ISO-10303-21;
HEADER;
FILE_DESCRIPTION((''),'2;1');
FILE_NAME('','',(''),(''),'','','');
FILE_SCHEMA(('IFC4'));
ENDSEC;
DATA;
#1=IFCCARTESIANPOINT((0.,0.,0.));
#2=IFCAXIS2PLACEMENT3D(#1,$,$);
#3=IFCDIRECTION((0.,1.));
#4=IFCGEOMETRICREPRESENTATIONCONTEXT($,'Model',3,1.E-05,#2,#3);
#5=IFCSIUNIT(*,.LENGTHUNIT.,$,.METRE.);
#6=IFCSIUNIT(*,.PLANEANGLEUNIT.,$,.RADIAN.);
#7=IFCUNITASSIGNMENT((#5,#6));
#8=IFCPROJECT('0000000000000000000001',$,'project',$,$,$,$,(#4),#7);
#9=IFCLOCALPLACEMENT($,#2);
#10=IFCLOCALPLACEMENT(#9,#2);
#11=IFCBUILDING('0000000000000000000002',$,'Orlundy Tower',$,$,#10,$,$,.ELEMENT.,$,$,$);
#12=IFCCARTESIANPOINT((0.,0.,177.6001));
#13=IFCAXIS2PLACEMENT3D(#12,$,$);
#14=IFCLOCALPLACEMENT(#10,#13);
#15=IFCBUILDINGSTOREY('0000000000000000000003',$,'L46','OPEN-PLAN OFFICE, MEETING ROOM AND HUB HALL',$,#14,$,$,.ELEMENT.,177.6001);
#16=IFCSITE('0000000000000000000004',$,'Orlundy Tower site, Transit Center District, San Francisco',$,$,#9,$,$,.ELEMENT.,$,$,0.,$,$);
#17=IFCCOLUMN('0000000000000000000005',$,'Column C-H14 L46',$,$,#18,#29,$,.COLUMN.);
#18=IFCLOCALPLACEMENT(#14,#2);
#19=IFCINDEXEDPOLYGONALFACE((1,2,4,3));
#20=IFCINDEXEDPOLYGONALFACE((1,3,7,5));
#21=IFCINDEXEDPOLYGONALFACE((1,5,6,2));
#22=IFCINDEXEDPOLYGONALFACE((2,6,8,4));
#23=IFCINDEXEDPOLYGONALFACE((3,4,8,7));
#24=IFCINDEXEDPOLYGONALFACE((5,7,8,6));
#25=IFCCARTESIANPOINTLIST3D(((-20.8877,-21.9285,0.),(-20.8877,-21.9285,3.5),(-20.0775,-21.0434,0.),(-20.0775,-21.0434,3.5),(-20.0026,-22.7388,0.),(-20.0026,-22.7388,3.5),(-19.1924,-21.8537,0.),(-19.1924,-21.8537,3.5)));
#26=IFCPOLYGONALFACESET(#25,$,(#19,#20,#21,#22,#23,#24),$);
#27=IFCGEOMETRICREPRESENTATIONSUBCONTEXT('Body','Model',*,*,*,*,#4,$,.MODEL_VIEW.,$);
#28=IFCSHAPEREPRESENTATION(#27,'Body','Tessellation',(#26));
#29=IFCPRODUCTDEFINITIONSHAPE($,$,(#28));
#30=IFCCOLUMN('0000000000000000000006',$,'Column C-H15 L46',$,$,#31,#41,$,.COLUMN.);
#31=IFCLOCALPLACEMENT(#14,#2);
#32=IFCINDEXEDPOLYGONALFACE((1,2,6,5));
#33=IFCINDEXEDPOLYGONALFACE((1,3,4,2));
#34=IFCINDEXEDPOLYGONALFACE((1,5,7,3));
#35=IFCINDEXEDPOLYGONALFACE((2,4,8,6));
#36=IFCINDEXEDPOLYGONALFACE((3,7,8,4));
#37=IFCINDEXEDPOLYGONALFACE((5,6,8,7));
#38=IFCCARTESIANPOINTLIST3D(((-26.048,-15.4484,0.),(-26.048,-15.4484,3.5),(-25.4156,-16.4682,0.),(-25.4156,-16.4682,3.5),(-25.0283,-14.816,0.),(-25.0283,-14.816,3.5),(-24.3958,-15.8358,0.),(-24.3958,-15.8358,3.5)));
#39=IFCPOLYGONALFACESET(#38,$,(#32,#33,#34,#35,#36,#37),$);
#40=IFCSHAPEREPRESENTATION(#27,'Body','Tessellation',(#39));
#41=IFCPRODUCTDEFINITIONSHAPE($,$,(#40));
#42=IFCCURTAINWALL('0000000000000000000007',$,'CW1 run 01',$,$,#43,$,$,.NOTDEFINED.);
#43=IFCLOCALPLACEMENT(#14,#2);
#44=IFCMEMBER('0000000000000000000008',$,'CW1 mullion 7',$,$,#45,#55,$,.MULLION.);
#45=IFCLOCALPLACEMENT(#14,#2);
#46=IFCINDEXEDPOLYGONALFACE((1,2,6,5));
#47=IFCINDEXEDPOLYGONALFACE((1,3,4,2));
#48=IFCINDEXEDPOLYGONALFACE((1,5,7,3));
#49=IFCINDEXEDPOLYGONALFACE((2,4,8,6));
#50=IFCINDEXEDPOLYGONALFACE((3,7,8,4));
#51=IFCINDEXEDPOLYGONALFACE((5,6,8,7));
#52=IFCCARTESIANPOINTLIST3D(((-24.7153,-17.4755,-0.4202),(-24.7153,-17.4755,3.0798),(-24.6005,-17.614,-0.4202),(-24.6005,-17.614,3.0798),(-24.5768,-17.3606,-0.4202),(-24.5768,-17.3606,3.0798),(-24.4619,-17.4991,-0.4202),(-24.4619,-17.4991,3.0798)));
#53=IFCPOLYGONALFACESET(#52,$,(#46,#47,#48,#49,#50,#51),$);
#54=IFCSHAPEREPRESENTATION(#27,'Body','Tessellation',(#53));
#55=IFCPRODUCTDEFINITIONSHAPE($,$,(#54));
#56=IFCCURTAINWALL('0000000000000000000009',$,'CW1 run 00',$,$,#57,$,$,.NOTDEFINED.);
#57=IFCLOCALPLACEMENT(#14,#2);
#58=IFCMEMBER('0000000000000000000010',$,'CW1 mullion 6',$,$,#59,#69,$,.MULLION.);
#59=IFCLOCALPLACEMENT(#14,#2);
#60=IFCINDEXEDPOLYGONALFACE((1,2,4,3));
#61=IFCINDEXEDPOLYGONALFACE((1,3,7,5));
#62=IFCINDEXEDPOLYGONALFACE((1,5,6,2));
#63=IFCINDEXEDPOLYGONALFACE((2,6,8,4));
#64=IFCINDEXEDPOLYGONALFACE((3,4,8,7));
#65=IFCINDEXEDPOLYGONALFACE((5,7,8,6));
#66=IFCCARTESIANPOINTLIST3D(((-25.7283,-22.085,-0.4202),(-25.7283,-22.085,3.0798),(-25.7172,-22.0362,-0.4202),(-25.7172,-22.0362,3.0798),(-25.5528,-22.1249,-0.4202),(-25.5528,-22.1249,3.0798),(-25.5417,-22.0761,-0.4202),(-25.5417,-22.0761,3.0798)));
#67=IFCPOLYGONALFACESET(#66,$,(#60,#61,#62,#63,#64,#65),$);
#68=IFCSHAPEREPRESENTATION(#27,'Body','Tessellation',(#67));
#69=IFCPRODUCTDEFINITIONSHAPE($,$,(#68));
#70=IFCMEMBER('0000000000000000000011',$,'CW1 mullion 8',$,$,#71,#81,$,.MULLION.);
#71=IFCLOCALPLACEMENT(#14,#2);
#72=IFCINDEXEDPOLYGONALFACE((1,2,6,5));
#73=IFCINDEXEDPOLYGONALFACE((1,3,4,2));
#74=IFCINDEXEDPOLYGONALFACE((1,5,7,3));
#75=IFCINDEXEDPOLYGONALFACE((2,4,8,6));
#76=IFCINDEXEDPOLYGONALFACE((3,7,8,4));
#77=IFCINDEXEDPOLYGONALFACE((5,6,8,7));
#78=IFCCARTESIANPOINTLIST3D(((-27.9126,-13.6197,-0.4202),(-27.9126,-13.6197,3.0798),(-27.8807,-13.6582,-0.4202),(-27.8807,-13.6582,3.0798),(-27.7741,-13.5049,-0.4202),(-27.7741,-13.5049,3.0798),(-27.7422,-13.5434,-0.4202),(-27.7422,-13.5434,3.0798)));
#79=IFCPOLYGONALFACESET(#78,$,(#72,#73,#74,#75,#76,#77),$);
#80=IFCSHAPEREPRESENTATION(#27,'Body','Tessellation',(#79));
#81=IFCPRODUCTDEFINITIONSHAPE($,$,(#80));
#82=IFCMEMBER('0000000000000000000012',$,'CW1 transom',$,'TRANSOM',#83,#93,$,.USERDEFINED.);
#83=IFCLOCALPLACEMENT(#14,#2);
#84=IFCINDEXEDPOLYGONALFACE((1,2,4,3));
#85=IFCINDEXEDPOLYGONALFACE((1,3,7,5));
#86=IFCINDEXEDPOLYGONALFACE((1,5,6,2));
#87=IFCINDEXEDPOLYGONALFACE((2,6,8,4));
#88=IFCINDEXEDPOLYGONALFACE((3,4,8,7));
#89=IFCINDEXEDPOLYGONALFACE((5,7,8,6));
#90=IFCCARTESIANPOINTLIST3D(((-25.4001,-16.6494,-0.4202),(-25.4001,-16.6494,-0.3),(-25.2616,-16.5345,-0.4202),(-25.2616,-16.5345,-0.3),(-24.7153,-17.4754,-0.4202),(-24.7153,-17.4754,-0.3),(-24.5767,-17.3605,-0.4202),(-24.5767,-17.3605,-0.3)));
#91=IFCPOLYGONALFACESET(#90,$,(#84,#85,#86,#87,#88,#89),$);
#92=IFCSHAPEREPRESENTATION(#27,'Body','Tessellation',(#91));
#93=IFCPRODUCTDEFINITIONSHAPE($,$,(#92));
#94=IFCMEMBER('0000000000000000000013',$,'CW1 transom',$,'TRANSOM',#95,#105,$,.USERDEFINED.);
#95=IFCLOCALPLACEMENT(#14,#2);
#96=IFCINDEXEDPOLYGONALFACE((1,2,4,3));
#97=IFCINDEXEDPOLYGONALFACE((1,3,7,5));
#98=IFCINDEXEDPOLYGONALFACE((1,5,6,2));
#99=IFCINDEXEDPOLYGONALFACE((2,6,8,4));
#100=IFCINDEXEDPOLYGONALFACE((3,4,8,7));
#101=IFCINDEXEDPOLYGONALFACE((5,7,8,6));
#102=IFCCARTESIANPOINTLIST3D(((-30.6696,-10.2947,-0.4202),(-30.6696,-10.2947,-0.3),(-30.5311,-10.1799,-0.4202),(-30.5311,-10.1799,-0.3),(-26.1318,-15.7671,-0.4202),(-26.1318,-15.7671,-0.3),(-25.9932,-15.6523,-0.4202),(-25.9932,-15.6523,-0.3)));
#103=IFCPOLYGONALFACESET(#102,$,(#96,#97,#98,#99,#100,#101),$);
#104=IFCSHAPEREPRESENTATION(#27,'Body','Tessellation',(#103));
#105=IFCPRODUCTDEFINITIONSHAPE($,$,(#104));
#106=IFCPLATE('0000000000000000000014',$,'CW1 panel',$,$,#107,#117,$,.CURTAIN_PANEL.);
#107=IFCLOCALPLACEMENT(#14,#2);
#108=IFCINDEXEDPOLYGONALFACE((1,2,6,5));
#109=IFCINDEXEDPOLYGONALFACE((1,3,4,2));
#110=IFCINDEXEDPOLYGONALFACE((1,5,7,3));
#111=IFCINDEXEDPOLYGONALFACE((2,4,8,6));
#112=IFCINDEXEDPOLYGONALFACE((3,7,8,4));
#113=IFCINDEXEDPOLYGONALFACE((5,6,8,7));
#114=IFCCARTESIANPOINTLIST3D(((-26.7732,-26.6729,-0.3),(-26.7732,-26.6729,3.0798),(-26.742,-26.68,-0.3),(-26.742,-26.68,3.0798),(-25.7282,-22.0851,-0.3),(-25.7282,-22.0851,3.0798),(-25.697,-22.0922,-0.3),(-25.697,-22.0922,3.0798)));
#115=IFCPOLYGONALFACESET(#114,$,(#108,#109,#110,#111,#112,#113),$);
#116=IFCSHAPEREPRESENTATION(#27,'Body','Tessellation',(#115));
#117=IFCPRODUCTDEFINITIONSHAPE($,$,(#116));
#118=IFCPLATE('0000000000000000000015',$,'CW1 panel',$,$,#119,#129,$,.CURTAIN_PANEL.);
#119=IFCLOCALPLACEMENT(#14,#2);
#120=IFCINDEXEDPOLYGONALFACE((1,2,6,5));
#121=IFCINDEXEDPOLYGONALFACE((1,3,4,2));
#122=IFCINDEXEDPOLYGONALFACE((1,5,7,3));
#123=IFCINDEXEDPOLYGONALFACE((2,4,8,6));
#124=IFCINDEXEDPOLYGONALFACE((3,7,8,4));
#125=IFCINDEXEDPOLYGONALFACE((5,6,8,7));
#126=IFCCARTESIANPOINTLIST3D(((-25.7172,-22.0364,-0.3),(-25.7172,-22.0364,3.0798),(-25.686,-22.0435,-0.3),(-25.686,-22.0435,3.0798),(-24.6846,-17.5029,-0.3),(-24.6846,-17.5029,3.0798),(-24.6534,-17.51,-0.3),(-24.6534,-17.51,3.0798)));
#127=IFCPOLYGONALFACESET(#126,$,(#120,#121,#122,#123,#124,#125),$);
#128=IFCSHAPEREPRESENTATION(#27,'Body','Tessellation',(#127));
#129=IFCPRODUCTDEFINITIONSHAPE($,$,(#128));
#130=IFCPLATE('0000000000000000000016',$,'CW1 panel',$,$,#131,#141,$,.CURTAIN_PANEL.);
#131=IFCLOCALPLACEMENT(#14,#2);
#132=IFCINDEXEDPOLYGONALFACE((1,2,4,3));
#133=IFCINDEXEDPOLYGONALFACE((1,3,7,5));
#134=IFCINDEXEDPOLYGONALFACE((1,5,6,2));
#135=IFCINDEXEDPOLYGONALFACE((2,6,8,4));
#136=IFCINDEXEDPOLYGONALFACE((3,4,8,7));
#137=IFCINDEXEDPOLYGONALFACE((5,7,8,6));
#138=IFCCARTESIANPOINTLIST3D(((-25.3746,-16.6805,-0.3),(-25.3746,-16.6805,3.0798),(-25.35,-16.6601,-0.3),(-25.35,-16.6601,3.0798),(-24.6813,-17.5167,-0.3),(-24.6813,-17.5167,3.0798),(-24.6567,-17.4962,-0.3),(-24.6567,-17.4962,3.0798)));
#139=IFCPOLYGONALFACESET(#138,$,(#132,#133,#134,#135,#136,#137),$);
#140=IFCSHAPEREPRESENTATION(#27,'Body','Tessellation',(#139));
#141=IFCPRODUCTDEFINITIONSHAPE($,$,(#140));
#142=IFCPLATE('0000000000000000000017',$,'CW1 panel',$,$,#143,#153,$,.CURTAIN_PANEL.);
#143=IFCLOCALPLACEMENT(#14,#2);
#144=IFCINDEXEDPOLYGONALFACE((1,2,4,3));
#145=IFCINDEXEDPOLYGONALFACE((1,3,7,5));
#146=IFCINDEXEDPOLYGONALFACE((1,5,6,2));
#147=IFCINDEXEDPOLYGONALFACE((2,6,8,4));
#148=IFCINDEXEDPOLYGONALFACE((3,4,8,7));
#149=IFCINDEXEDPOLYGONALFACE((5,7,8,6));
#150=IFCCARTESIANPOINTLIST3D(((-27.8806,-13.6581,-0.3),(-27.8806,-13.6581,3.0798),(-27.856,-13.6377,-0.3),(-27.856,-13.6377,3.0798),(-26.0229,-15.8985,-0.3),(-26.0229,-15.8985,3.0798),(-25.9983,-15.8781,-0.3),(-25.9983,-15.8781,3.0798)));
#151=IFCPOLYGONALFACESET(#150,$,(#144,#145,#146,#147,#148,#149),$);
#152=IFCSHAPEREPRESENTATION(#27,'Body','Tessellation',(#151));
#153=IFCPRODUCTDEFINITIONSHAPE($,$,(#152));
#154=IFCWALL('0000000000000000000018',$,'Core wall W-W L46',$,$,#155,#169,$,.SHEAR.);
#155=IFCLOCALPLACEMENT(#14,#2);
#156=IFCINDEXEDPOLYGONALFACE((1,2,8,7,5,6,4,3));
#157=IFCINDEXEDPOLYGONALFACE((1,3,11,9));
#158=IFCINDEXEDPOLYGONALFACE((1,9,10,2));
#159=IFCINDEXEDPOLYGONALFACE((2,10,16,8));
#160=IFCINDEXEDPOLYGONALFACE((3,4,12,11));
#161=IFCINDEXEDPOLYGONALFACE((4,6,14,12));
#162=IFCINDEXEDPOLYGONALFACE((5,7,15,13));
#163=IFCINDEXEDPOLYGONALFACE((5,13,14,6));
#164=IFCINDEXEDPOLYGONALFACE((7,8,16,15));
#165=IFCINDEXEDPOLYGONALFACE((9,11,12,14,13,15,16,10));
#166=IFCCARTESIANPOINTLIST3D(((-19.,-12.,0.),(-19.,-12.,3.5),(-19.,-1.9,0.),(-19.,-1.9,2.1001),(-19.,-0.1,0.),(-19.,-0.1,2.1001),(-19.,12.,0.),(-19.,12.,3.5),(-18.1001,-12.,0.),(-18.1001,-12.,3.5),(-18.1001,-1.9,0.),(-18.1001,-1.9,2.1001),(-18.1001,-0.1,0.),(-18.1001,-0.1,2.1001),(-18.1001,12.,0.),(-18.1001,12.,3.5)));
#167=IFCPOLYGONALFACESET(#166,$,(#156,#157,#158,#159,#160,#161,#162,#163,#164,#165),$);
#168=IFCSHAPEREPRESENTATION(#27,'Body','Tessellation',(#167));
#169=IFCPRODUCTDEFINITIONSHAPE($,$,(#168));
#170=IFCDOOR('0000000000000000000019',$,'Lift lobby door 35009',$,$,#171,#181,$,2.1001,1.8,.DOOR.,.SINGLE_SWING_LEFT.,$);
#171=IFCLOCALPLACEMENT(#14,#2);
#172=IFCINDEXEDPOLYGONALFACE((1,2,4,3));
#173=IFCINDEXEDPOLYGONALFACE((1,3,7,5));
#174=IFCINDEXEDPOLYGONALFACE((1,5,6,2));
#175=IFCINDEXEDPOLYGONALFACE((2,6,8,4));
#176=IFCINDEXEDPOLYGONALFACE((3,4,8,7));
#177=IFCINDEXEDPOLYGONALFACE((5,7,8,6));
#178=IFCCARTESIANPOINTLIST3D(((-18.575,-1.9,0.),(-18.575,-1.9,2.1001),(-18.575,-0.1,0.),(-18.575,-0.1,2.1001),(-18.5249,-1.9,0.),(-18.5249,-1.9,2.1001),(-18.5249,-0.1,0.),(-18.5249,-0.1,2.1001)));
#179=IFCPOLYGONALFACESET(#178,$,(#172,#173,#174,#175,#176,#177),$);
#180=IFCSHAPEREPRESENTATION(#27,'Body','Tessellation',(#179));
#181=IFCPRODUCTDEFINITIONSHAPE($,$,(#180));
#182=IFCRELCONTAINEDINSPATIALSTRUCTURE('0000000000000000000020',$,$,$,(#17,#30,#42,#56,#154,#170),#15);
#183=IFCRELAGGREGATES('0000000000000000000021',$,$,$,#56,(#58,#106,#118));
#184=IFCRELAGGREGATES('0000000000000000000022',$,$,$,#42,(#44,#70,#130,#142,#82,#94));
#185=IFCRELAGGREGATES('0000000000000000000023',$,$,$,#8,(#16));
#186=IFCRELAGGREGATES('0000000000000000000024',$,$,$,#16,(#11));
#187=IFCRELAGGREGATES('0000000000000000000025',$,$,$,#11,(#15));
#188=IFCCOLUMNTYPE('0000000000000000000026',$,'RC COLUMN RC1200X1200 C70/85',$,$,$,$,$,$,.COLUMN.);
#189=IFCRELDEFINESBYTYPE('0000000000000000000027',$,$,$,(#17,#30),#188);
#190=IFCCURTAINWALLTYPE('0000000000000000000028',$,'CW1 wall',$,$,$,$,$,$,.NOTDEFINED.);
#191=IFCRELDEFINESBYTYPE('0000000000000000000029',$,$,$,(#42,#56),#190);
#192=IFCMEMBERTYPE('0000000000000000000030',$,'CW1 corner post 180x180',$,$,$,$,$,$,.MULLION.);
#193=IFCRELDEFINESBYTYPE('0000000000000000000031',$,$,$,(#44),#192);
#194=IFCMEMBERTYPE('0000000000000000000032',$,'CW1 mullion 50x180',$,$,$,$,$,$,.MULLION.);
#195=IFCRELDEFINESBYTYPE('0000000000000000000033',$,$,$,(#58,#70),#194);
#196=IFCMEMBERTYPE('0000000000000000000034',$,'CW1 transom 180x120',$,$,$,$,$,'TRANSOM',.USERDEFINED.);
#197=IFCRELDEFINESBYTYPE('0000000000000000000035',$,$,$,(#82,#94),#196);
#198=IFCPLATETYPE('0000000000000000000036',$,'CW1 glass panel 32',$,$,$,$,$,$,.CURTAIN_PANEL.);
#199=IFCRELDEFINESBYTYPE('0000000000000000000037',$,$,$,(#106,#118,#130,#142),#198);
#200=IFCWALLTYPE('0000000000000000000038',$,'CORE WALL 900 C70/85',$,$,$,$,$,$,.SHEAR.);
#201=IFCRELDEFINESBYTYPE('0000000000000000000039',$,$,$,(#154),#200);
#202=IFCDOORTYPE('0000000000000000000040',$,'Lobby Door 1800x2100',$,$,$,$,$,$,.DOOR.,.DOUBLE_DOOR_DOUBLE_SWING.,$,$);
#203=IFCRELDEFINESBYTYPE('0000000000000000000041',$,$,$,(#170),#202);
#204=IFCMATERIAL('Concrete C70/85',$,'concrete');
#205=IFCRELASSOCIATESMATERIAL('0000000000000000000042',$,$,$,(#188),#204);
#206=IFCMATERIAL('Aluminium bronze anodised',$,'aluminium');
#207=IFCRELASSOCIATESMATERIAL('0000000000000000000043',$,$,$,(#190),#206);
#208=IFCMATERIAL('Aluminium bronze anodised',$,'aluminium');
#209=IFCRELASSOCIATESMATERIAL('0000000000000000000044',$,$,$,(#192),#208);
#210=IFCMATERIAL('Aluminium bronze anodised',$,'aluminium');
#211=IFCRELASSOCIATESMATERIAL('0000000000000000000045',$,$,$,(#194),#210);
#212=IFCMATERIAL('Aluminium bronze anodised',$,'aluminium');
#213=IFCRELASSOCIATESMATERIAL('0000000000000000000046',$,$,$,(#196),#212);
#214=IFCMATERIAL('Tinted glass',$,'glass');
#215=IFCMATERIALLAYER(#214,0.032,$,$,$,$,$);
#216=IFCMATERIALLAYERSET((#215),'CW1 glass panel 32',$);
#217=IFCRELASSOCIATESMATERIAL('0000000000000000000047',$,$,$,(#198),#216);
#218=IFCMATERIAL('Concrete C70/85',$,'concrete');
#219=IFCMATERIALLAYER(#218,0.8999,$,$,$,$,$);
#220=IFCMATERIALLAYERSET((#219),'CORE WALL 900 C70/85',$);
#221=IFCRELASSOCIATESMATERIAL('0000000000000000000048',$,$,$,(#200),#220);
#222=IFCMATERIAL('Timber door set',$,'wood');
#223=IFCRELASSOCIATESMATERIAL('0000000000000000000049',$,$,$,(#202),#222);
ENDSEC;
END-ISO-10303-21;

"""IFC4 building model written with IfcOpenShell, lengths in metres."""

from ifc_helpers import new_model, si_unit, direction, frame, frame_2d, origin, origin_2d, place, context, subcontext, project, spatial, rectangle, extrude, material, layer, layer_set, material_profile, profile_set, type_object, element, fill, aggregate, save


model = new_model("IFC4")

# Units and contexts
model_context = context("Model", 3, precision=1e-05, world=origin(), true_north=direction((0.0, 1.0)))
body_context = subcontext(model_context, "Body", "Model", "MODEL_VIEW")
ifc_project = project(units=[si_unit("LENGTHUNIT", "METRE"), si_unit("PLANEANGLEUNIT", "RADIAN")], contexts=[model_context])

# Site, building, storey
site_placement = place(None, origin())
site = spatial("IfcSite", under=ifc_project, at=site_placement, Name="Orlundy Tower site, Transit Center District, San Francisco", CompositionType="ELEMENT", RefElevation=0.0)
building_placement = place(site_placement, origin())
building = spatial("IfcBuilding", under=site, at=building_placement, Name="Orlundy Tower", CompositionType="ELEMENT")
storey_placement = place(building_placement, frame((0.0, 0.0, 177.6001)))
storey = spatial("IfcBuildingStorey", under=building, at=storey_placement, Name="L46", Description="OPEN-PLAN OFFICE, MEETING ROOM AND HUB HALL", CompositionType="ELEMENT", Elevation=177.6001)

# Columns
ifc_material_1 = material(Name="Concrete C70/85", Category="concrete")
ifc_material_profile_1 = material_profile(ifc_material_1, rectangle(XDim=1.2, YDim=1.2, at=origin_2d()), Name="RC1200X1200")
ifc_profile_set_1 = profile_set([ifc_material_profile_1], Name="Concrete C70/85")
column_type = type_object("IfcColumnType", Name="RC COLUMN RC1200X1200 C70/85", PredefinedType="COLUMN", material=ifc_profile_set_1)
for number, where, z_axis, x_axis, name in (
    (1, (-20.04, -21.8911, 0.0), (0.0, 0.0, 1.0), (-0.67523, -0.737607, 0.0), "Column C-H14 L46"),
    (2, (-25.2219, -15.6421, 0.0), (0.0, 0.0, 1.0), (-0.849838, -0.527045, 0.0), "Column C-H15 L46"),
):
    element("IfcColumn", number, at=place(storey_placement, frame(where, z_axis=z_axis, x_axis=x_axis)), inside=storey, type_object=column_type, Name=name, PredefinedType="COLUMN", context=body_context, shape_type="SweptSolid", body=[
        extrude(rectangle(XDim=1.2, YDim=1.2, at=origin_2d()), origin(), (0.0, 0.0, 1.0), 3.5),
    ])

# Curtain walls, members
ifc_material_2 = material(Name="Aluminium bronze anodised", Category="aluminium")
curtain_wall_type = type_object("IfcCurtainWallType", Name="CW1 wall", PredefinedType="NOTDEFINED", material=ifc_material_2)
curtain_wall_1_placement = place(storey_placement, origin())
curtain_wall_1 = element("IfcCurtainWall", 3, at=curtain_wall_1_placement, inside=storey, type_object=curtain_wall_type, Name="CW1 run 01", PredefinedType="NOTDEFINED")
ifc_material_3 = material(Name="Aluminium bronze anodised", Category="aluminium")
ifc_material_profile_2 = material_profile(ifc_material_3, rectangle(XDim=0.1799, YDim=0.1799, at=origin_2d()), Name="CW1 corner post 180x180")
ifc_profile_set_2 = profile_set([ifc_material_profile_2], Name="Aluminium bronze anodised")
member_type_1 = type_object("IfcMemberType", Name="CW1 corner post 180x180", PredefinedType="MULLION", material=ifc_profile_set_2)
member_1_placement = place(storey_placement, frame((-24.5886, -17.4873, -0.4202), z_axis=(0.0, 0.0, 1.0), x_axis=(-0.769788, -0.638299, 0.0)))
member_1 = element("IfcMember", 4, at=member_1_placement, type_object=member_type_1, Name="CW1 mullion 7", PredefinedType="MULLION", context=body_context, shape_type="SweptSolid", body=[
    extrude(rectangle(XDim=0.1799, YDim=0.1799, at=origin_2d()), origin(), (0.0, 0.0, 1.0), 3.5),
])
curtain_wall_2_placement = place(storey_placement, origin())
curtain_wall_2 = element("IfcCurtainWall", 5, at=curtain_wall_2_placement, inside=storey, type_object=curtain_wall_type, Name="CW1 run 00", PredefinedType="NOTDEFINED")
ifc_material_4 = material(Name="Aluminium bronze anodised", Category="aluminium")
ifc_material_profile_3 = material_profile(ifc_material_4, rectangle(XDim=0.1799, YDim=0.05, at=origin_2d()), Name="CW1 mullion 50x180")
ifc_profile_set_3 = profile_set([ifc_material_profile_3], Name="Aluminium bronze anodised")
member_type_2 = type_object("IfcMemberType", Name="CW1 mullion 50x180", PredefinedType="MULLION", material=ifc_profile_set_3)
member_2_placement = place(storey_placement, frame((-25.635, -22.0806, -0.4202), z_axis=(0.0, 0.0, 1.0), x_axis=(-0.975025, 0.222097, 0.0)))
member_2 = element("IfcMember", 6, at=member_2_placement, type_object=member_type_2, Name="CW1 mullion 6", PredefinedType="MULLION", context=body_context, shape_type="SweptSolid", body=[
    extrude(rectangle(XDim=0.1799, YDim=0.05, at=origin_2d()), origin(), (0.0, 0.0, 1.0), 3.5),
])

# Members
member_3_placement = place(storey_placement, frame((-27.8274, -13.5815, -0.4202), z_axis=(0.0, 0.0, 1.0), x_axis=(-0.769788, -0.638299, 0.0)))
member_3 = element("IfcMember", 7, at=member_3_placement, type_object=member_type_2, Name="CW1 mullion 8", PredefinedType="MULLION", context=body_context, shape_type="SweptSolid", body=[
    extrude(rectangle(XDim=0.1799, YDim=0.05, at=origin_2d()), origin(), (0.0, 0.0, 1.0), 3.5),
])
ifc_material_5 = material(Name="Aluminium bronze anodised", Category="aluminium")
ifc_material_profile_4 = material_profile(ifc_material_5, rectangle(XDim=0.1799, YDim=0.1201, at=origin_2d()), Name="CW1 transom 180x120")
ifc_profile_set_4 = profile_set([ifc_material_profile_4], Name="Aluminium bronze anodised")
member_type_3 = type_object("IfcMemberType", Name="CW1 transom 180x120", ElementType="TRANSOM", PredefinedType="USERDEFINED", material=ifc_profile_set_4)
member_4_placement = place(storey_placement, frame((-24.646, -17.418, -0.3601), z_axis=(-0.63828, 0.769804, 0.0), x_axis=(-0.769804, -0.63828, 0.0)))
member_4 = element("IfcMember", 8, at=member_4_placement, type_object=member_type_3, Name="CW1 transom", ObjectType="TRANSOM", PredefinedType="USERDEFINED", context=body_context, shape_type="SweptSolid", body=[
    extrude(rectangle(XDim=0.1799, YDim=0.1201, at=origin_2d()), origin(), (0.0, 0.0, 1.0), 1.073),
])
member_5_placement = place(storey_placement, frame((-26.0625, -15.7097, -0.3601), z_axis=(-0.638315, 0.769776, 0.0), x_axis=(-0.769776, -0.638315, 0.0)))
member_5 = element("IfcMember", 9, at=member_5_placement, type_object=member_type_3, Name="CW1 transom", ObjectType="TRANSOM", PredefinedType="USERDEFINED", context=body_context, shape_type="SweptSolid", body=[
    extrude(rectangle(XDim=0.1799, YDim=0.1201, at=origin_2d()), origin(), (0.0, 0.0, 1.0), 7.1091),
])

# Plates
ifc_material_6 = material(Name="Tinted glass", Category="glass")
ifc_layer_1 = layer(ifc_material_6, 0.032)
ifc_layer_set_1 = layer_set([ifc_layer_1], Name="CW1 glass panel 32")
plate_type = type_object("IfcPlateType", Name="CW1 glass panel 32", PredefinedType="CURTAIN_PANEL", material=ifc_layer_set_1)
plate_1_placement = place(storey_placement, frame((-26.2351, -24.3826, -0.3), z_axis=(0.0, 0.0, 1.0), x_axis=(0.222097, 0.975025, 0.0)))
plate_1 = element("IfcPlate", 10, at=plate_1_placement, type_object=plate_type, Name="CW1 panel", PredefinedType="CURTAIN_PANEL", context=body_context, shape_type="SweptSolid", body=[
    extrude(rectangle(XDim=4.7053, YDim=0.032, at=origin_2d()), origin(), (0.0, 0.0, 1.0), 3.3799),
])
plate_2_placement = place(storey_placement, frame((-25.1853, -19.7732, -0.3), z_axis=(0.0, 0.0, 1.0), x_axis=(0.222097, 0.975025, 0.0)))
plate_2 = element("IfcPlate", 11, at=plate_2_placement, type_object=plate_type, Name="CW1 panel", PredefinedType="CURTAIN_PANEL", context=body_context, shape_type="SweptSolid", body=[
    extrude(rectangle(XDim=4.6497, YDim=0.032, at=origin_2d()), origin(), (0.0, 0.0, 1.0), 3.3799),
])
aggregate(curtain_wall_2, [member_2, plate_1, plate_2])
plate_3_placement = place(storey_placement, frame((-25.0156, -17.0884, -0.3), z_axis=(0.0, 0.0, 1.0), x_axis=(-0.638299, 0.769788, 0.0)))
plate_3 = element("IfcPlate", 12, at=plate_3_placement, type_object=plate_type, Name="CW1 panel", PredefinedType="CURTAIN_PANEL", context=body_context, shape_type="SweptSolid", body=[
    extrude(rectangle(XDim=1.0862, YDim=0.032, at=origin_2d()), origin(), (0.0, 0.0, 1.0), 3.3799),
])
plate_4_placement = place(storey_placement, frame((-26.9395, -14.7681, -0.3), z_axis=(0.0, 0.0, 1.0), x_axis=(-0.638299, 0.769788, 0.0)))
plate_4 = element("IfcPlate", 13, at=plate_4_placement, type_object=plate_type, Name="CW1 panel", PredefinedType="CURTAIN_PANEL", context=body_context, shape_type="SweptSolid", body=[
    extrude(rectangle(XDim=2.9104, YDim=0.032, at=origin_2d()), origin(), (0.0, 0.0, 1.0), 3.3799),
])
aggregate(curtain_wall_1, [member_1, member_3, plate_3, plate_4, member_4, member_5])

# Wall, opening, door
ifc_material_7 = material(Name="Concrete C70/85", Category="concrete")
ifc_layer_2 = layer(ifc_material_7, 0.8999)
ifc_layer_set_2 = layer_set([ifc_layer_2], Name="CORE WALL 900 C70/85")
wall_type_1 = type_object("IfcWallType", Name="CORE WALL 900 C70/85", PredefinedType="SHEAR", material=ifc_layer_set_2)
wall_1_placement = place(storey_placement, frame((-18.55, -12.0, 0.0), z_axis=(0.0, 0.0, 1.0), x_axis=(0.0, 1.0, 0.0)))
wall_1 = element("IfcWall", 14, at=wall_1_placement, inside=storey, type_object=wall_type_1, Name="Core wall W-W L46", PredefinedType="SHEAR", context=body_context, shape_type="SweptSolid", body=[
    extrude(rectangle(XDim=24.0, YDim=0.8999, at=frame_2d((12.0, 0.0))), origin(), (0.0, 0.0, 1.0), 3.5),
])
opening_1_placement = place(wall_1_placement, frame((10.1001, 0.0, 0.0)))
opening_1 = element("IfcOpeningElement", 15, at=opening_1_placement, cuts=wall_1, PredefinedType="OPENING", context=body_context, shape_type="SweptSolid", body=[
    extrude(rectangle(XDim=1.8, YDim=2.1001, at=frame_2d((0.8999, 1.05))), frame((0.0, 0.46, 0.0), z_axis=(0.0, -1.0, 0.0), x_axis=(1.0, 0.0, 0.0)), (0.0, 0.0, 1.0), 0.9199),
])
ifc_material_8 = material(Name="Timber door set", Category="wood")
door_type_1 = type_object("IfcDoorType", Name="Lobby Door 1800x2100", OperationType="DOUBLE_DOOR_DOUBLE_SWING", PredefinedType="DOOR", material=ifc_material_8)
door_1_placement = place(opening_1_placement, origin())
door_1 = element("IfcDoor", 16, at=door_1_placement, inside=storey, type_object=door_type_1, Name="Lift lobby door 35009", OperationType="SINGLE_SWING_LEFT", OverallHeight=2.1001, OverallWidth=1.8, PredefinedType="DOOR", context=body_context, shape_type="SweptSolid", body=[
    extrude(rectangle(XDim=1.8, YDim=2.1001, at=frame_2d((0.8999, 1.05))), frame((0.0, 0.0249, 0.0), z_axis=(0.0, -1.0, 0.0), x_axis=(1.0, 0.0, 0.0)), (0.0, 0.0, 1.0), 0.05),
])
fill(opening_1, door_1)

save(model, "model.ifc")
